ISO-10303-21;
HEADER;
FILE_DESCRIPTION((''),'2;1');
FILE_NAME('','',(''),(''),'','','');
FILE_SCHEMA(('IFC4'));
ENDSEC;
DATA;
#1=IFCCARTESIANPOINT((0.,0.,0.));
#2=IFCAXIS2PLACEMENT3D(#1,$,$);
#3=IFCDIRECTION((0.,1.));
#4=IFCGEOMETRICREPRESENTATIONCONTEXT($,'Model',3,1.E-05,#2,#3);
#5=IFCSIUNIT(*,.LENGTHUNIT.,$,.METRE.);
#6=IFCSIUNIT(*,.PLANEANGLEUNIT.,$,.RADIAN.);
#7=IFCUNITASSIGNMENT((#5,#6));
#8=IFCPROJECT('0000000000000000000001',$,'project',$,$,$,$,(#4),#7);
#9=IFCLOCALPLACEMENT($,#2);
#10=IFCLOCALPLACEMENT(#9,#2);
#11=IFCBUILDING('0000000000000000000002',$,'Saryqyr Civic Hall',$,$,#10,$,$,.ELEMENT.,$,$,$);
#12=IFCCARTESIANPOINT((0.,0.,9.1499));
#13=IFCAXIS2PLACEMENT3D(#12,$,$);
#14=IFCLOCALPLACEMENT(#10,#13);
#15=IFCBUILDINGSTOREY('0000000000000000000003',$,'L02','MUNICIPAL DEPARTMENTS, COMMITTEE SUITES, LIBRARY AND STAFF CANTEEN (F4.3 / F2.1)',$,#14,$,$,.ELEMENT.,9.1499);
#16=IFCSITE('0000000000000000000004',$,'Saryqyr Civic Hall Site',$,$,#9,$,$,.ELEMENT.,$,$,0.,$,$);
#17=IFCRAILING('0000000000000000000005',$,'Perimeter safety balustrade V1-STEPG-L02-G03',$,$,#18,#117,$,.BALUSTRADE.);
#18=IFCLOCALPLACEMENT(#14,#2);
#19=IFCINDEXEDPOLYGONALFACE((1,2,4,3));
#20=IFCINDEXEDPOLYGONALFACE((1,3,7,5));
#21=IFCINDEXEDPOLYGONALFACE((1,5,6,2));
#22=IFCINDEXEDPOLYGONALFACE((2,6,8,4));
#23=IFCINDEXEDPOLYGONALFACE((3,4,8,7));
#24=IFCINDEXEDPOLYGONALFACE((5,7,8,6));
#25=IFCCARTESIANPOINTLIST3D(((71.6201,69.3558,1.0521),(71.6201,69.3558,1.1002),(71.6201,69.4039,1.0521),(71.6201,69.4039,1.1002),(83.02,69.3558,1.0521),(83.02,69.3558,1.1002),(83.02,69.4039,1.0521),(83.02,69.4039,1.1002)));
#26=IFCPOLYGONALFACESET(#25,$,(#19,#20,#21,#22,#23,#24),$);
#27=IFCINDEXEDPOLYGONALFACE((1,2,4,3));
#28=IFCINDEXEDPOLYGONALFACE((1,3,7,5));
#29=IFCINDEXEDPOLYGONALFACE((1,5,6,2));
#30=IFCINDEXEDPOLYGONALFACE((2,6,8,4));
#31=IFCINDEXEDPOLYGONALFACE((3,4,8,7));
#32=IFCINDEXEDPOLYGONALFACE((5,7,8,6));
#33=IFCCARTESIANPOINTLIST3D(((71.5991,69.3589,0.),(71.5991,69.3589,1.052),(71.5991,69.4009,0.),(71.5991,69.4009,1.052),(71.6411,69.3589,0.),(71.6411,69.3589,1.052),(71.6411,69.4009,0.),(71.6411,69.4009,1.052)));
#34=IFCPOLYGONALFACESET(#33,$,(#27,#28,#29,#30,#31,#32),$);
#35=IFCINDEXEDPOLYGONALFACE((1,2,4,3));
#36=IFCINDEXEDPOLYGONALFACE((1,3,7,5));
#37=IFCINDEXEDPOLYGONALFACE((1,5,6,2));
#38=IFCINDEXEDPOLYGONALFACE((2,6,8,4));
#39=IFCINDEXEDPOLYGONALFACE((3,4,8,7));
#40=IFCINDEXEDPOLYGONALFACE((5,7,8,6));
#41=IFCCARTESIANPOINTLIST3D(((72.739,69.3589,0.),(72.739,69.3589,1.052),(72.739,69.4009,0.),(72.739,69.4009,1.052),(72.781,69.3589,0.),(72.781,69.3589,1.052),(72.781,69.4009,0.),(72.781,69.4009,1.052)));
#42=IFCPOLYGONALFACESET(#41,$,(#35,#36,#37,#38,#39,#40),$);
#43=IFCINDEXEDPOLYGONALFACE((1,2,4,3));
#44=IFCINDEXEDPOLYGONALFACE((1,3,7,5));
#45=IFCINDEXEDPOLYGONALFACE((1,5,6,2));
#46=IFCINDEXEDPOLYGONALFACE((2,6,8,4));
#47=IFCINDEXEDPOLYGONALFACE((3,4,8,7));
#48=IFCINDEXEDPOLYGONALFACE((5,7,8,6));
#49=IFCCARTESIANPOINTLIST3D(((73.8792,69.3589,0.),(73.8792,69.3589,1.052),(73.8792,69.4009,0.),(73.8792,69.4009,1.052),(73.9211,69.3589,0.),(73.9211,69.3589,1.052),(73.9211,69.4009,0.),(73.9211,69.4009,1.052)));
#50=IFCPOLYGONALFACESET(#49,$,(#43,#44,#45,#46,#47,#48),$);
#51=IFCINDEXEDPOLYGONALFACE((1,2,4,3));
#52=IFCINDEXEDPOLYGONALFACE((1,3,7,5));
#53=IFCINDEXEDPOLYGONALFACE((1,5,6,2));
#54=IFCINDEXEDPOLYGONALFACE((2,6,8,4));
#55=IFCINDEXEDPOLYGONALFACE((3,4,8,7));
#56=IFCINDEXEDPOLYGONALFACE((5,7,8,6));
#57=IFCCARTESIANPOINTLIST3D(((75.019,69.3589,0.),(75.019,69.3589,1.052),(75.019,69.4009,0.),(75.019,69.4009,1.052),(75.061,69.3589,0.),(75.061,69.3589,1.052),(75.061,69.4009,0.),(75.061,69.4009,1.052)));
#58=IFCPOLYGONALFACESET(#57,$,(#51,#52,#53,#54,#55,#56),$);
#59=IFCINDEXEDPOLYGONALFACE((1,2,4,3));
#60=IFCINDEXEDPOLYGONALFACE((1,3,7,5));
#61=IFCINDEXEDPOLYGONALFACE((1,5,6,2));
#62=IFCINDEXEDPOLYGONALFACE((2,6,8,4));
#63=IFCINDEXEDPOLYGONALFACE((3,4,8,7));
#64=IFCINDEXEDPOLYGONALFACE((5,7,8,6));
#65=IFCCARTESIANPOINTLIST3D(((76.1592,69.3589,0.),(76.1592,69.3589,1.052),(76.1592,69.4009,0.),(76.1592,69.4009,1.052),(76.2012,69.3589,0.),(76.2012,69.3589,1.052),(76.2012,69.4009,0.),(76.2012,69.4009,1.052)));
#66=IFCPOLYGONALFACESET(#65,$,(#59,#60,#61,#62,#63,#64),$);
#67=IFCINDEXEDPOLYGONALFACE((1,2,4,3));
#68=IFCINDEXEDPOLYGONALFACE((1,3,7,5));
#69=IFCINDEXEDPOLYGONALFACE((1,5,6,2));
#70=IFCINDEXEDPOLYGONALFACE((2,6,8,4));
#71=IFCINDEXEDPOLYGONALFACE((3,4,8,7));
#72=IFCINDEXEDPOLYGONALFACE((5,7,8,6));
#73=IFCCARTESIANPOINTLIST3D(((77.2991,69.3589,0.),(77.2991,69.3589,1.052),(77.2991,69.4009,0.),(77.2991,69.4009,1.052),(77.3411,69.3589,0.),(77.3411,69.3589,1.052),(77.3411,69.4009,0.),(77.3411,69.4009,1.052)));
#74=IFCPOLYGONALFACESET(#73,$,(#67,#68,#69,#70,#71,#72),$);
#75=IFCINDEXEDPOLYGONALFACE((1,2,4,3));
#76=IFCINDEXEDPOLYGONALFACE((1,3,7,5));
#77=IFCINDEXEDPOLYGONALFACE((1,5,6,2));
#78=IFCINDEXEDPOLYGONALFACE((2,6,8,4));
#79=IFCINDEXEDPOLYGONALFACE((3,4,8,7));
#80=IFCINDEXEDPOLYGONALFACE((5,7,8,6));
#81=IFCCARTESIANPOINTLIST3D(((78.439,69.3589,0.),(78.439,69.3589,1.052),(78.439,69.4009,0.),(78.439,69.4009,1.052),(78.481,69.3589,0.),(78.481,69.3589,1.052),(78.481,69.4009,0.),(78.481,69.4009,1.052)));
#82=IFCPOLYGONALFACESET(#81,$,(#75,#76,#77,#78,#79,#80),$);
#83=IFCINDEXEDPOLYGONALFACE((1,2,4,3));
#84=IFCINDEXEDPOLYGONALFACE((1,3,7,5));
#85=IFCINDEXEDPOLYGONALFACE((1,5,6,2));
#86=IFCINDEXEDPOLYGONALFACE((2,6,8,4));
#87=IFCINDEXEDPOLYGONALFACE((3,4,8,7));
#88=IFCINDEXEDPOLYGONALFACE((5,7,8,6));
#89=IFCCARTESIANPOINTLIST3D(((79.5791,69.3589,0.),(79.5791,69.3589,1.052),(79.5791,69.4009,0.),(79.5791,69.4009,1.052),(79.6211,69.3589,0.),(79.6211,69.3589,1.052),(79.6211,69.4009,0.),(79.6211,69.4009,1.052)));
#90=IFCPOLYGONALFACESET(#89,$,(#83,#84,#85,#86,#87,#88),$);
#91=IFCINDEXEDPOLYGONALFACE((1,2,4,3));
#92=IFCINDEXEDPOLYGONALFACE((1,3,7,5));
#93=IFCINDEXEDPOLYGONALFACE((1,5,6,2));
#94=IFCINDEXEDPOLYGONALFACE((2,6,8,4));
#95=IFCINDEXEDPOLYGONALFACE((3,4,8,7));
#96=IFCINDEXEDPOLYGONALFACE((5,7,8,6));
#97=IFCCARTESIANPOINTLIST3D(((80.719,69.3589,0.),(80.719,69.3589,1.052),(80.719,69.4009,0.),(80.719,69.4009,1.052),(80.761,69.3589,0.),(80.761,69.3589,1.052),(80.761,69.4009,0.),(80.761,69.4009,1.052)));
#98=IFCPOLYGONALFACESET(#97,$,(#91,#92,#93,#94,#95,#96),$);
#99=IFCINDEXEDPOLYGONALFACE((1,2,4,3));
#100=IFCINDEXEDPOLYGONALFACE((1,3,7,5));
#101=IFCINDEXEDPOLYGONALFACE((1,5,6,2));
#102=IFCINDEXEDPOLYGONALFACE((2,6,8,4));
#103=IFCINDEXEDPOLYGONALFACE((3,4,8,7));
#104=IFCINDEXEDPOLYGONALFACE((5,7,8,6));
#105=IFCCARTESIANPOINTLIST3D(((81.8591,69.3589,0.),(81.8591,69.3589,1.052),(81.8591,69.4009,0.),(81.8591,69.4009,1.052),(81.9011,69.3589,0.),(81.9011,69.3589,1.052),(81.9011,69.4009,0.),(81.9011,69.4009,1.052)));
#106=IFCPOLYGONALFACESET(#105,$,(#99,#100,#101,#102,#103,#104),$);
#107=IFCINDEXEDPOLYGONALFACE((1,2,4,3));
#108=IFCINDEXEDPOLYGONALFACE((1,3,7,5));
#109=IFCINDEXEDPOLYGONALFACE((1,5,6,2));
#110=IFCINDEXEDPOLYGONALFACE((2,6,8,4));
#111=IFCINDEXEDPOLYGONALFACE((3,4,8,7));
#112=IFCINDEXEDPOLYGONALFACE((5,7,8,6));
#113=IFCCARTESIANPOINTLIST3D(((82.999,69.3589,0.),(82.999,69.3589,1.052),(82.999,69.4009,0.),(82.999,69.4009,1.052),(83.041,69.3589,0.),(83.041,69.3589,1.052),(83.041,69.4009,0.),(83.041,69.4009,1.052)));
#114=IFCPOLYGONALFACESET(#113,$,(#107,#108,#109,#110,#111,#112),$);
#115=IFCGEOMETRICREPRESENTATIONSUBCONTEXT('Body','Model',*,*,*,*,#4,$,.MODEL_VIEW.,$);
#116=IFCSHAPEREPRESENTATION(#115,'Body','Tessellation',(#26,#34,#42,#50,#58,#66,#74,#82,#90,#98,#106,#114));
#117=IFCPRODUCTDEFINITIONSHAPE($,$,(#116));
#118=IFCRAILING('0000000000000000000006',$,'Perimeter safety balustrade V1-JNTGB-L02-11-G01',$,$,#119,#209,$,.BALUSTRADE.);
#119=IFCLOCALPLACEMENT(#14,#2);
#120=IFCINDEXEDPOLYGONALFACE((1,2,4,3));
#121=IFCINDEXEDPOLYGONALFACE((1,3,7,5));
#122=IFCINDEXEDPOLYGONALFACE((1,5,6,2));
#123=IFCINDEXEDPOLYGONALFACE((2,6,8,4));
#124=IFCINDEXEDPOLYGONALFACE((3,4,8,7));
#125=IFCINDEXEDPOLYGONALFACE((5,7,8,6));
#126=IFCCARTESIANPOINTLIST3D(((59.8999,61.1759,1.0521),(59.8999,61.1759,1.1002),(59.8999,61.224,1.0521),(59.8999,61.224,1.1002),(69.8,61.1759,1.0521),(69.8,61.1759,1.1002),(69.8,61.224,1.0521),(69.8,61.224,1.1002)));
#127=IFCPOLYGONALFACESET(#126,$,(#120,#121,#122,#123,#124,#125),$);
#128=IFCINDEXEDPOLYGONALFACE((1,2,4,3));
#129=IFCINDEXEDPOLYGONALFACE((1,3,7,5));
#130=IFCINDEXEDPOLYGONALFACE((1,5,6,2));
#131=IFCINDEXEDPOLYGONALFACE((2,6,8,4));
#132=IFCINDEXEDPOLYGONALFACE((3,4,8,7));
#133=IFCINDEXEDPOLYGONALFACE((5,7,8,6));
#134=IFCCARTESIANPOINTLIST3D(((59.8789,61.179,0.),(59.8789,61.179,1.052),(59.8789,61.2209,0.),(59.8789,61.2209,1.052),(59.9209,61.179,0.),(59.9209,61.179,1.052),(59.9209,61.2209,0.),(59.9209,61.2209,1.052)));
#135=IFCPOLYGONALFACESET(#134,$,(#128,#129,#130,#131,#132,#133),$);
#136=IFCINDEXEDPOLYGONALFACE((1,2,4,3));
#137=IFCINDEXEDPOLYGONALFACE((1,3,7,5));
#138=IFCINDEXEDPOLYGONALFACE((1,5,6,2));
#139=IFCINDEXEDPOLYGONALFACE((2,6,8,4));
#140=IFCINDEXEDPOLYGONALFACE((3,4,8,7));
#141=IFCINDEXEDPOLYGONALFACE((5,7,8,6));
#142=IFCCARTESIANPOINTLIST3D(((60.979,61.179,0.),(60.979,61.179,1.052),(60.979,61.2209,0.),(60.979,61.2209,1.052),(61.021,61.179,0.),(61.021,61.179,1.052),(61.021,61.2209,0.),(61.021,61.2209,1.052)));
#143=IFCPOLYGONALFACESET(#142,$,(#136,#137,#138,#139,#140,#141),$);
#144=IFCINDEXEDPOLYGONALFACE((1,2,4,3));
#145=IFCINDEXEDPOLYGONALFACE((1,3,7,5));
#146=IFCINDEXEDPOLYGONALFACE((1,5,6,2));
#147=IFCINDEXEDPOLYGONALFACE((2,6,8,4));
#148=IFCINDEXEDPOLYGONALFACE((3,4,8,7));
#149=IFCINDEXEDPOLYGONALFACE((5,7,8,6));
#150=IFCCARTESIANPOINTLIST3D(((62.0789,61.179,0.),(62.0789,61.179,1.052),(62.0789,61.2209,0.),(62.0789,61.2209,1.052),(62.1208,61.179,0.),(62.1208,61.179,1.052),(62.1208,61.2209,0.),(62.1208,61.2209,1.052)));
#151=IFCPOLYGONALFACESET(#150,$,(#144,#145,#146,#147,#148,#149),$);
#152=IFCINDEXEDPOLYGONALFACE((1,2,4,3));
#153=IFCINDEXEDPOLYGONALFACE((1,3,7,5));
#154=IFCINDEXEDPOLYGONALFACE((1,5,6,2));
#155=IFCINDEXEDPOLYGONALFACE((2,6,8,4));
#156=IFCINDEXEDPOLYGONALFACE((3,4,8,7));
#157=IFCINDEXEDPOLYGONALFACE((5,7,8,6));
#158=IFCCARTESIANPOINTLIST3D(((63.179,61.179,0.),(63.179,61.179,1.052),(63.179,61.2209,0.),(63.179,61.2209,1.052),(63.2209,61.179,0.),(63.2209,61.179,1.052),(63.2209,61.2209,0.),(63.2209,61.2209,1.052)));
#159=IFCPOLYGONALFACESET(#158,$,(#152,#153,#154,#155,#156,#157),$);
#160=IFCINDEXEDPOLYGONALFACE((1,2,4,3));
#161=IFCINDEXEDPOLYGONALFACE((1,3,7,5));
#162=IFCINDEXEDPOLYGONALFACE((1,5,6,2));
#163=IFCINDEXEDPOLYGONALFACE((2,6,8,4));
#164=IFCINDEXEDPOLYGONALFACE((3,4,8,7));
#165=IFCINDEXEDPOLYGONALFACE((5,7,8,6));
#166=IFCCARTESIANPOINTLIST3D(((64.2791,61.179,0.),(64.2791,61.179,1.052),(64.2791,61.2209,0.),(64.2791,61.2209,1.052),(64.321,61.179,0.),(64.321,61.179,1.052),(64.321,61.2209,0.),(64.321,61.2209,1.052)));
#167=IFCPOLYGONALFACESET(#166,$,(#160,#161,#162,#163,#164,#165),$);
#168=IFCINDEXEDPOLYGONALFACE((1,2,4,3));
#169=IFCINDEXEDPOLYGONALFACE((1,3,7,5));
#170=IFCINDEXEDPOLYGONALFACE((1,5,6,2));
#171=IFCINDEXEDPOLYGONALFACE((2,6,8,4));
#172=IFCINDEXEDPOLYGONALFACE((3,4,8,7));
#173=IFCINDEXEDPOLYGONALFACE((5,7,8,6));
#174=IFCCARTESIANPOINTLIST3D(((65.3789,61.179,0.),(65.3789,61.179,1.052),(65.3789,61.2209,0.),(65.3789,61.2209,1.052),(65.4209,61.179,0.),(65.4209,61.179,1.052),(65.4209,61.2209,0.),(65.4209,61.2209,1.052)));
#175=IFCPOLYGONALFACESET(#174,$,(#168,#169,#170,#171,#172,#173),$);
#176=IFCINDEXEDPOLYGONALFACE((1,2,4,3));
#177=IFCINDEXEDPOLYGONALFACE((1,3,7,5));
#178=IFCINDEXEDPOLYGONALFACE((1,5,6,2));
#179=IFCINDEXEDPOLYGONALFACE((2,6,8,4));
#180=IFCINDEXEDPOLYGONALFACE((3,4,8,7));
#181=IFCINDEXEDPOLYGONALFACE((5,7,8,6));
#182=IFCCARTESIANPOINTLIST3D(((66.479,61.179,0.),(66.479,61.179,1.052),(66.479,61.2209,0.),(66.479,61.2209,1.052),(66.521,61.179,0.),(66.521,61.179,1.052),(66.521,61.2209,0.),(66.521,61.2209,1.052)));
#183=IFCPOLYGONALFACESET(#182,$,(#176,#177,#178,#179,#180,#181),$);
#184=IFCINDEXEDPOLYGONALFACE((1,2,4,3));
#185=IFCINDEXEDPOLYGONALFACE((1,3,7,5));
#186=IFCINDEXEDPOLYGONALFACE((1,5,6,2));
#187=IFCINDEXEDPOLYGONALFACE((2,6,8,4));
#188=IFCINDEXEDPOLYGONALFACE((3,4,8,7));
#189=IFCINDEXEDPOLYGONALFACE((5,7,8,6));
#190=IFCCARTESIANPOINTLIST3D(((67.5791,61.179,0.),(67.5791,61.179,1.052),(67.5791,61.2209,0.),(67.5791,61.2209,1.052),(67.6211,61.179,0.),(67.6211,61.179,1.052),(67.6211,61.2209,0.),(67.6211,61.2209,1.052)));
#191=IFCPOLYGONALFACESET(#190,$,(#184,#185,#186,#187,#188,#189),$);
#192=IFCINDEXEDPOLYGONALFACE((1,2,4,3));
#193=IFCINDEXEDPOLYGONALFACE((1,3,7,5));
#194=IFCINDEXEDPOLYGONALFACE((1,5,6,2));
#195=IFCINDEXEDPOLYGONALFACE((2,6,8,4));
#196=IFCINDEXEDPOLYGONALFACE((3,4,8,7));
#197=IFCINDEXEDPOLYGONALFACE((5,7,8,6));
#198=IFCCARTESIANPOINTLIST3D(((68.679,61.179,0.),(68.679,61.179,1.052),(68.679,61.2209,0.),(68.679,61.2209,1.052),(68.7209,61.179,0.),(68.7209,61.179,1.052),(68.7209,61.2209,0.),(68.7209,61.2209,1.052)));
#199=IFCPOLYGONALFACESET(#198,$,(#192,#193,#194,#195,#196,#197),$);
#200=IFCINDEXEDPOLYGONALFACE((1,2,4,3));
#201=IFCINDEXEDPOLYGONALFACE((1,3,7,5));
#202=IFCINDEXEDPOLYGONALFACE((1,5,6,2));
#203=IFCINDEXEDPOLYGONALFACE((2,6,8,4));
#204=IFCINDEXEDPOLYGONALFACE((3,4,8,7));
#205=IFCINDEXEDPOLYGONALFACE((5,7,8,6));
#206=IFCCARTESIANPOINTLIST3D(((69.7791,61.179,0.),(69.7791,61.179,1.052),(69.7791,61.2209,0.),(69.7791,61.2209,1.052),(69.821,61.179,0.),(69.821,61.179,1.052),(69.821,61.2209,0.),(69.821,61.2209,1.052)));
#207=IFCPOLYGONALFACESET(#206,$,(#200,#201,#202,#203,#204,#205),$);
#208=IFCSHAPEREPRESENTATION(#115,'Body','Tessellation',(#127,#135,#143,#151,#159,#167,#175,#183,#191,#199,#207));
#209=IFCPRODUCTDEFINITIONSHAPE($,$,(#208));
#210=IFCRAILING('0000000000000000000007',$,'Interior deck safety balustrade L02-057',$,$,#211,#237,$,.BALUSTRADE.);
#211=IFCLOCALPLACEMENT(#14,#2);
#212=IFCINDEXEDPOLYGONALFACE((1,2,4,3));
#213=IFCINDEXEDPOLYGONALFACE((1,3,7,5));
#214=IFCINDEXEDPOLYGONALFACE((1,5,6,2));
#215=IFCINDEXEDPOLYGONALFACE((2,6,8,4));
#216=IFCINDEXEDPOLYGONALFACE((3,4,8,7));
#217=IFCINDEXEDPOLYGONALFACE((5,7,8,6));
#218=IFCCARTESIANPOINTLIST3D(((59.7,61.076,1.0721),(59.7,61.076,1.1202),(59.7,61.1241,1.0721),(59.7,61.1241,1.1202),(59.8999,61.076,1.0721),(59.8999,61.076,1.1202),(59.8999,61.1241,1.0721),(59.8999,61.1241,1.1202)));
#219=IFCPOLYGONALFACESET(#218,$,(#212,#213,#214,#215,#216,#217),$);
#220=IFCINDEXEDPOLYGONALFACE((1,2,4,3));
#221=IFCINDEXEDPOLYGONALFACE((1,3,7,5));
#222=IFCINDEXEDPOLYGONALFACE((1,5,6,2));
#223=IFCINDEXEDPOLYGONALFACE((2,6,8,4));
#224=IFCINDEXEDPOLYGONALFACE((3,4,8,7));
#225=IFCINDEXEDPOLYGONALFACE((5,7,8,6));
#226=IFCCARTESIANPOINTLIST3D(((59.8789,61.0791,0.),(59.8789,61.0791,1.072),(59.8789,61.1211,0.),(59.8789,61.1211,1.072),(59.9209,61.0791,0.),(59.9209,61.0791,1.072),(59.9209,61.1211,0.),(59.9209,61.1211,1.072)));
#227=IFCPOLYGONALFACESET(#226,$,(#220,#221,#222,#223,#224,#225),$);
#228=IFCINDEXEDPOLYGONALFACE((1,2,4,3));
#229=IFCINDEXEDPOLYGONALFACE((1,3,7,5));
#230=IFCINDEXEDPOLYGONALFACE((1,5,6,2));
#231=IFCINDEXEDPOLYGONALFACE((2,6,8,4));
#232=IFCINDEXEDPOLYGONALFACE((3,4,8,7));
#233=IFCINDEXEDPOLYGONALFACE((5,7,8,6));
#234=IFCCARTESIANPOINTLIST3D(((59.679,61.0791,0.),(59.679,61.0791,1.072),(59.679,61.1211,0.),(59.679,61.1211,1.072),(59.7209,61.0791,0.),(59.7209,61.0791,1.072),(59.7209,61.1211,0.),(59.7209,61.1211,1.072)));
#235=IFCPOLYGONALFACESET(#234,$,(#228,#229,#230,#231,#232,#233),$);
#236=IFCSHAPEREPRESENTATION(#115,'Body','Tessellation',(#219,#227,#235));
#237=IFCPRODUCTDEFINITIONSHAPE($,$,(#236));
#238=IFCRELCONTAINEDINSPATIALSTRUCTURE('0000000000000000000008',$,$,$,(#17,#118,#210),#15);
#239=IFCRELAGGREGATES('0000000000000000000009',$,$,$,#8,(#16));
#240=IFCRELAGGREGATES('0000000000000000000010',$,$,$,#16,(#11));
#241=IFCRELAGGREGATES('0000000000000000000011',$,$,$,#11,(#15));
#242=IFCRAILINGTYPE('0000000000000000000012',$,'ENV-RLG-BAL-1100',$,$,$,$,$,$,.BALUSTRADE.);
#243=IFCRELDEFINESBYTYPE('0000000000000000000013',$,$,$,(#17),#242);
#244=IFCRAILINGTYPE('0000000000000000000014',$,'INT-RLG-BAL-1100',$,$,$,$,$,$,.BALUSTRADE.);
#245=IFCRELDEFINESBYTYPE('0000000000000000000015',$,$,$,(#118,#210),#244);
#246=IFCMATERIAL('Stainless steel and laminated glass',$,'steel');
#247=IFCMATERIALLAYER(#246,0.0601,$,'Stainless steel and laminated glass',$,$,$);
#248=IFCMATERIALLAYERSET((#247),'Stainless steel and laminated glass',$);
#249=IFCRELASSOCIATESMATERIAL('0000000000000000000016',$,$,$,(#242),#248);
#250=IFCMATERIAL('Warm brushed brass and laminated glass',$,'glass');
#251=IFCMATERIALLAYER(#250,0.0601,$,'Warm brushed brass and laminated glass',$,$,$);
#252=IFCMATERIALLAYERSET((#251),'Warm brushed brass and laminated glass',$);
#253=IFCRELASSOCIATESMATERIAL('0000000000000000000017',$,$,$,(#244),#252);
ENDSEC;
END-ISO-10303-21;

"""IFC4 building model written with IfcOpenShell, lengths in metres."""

from ifc_helpers import new_model, si_unit, direction, frame, origin, origin_2d, place, context, subcontext, project, spatial, rectangle, extrude, material, layer, layer_set, type_object, element, save


model = new_model("IFC4")

# Units and contexts
model_context = context("Model", 3, precision=1e-05, world=origin(), true_north=direction((0.0, 1.0)))
body_context = subcontext(model_context, "Body", "Model", "MODEL_VIEW")
ifc_project = project(units=[si_unit("LENGTHUNIT", "METRE"), si_unit("PLANEANGLEUNIT", "RADIAN")], contexts=[model_context])

# Site, building, storey
site_placement = place(None, origin())
site = spatial("IfcSite", under=ifc_project, at=site_placement, Name="Saryqyr Civic Hall Site", CompositionType="ELEMENT", RefElevation=0.0)
building_placement = place(site_placement, origin())
building = spatial("IfcBuilding", under=site, at=building_placement, Name="Saryqyr Civic Hall", CompositionType="ELEMENT")
storey_placement = place(building_placement, frame((0.0, 0.0, 9.1499)))
storey = spatial("IfcBuildingStorey", under=building, at=storey_placement, Name="L02", Description="MUNICIPAL DEPARTMENTS, COMMITTEE SUITES, LIBRARY AND STAFF CANTEEN (F4.3 / F2.1)", CompositionType="ELEMENT", Elevation=9.1499)

# Railings
ifc_material_1 = material(Name="Stainless steel and laminated glass", Category="steel")
ifc_layer_1 = layer(ifc_material_1, 0.0601, Name="Stainless steel and laminated glass")
ifc_layer_set_1 = layer_set([ifc_layer_1], Name="Stainless steel and laminated glass")
railing_type_1 = type_object("IfcRailingType", Name="ENV-RLG-BAL-1100", PredefinedType="BALUSTRADE", material=ifc_layer_set_1)
railing_1_placement = place(storey_placement, frame((71.6201, 69.3799, 0.0)))
element("IfcRailing", 1, at=railing_1_placement, inside=storey, type_object=railing_type_1, Name="Perimeter safety balustrade V1-STEPG-L02-G03", PredefinedType="BALUSTRADE", context=body_context, shape_type="SweptSolid", body=[
    extrude(rectangle(XDim=0.0481, YDim=0.0481, at=origin_2d()), frame((0.0, 0.0, 1.0762), z_axis=(1.0, 0.0, 0.0), x_axis=(0.0, 1.0, 0.0)), (0.0, 0.0, 1.0), 11.3999),
    extrude(rectangle(XDim=0.042, YDim=0.042, at=origin_2d()), origin(), (0.0, 0.0, 1.0), 1.052),
    extrude(rectangle(XDim=0.042, YDim=0.042, at=origin_2d()), frame((1.1399, 0.0, 0.0)), (0.0, 0.0, 1.0), 1.052),
    extrude(rectangle(XDim=0.042, YDim=0.042, at=origin_2d()), frame((2.28, 0.0, 0.0)), (0.0, 0.0, 1.0), 1.052),
    extrude(rectangle(XDim=0.042, YDim=0.042, at=origin_2d()), frame((3.4199, 0.0, 0.0)), (0.0, 0.0, 1.0), 1.052),
    extrude(rectangle(XDim=0.042, YDim=0.042, at=origin_2d()), frame((4.5601, 0.0, 0.0)), (0.0, 0.0, 1.0), 1.052),
    extrude(rectangle(XDim=0.042, YDim=0.042, at=origin_2d()), frame((5.7, 0.0, 0.0)), (0.0, 0.0, 1.0), 1.052),
    extrude(rectangle(XDim=0.042, YDim=0.042, at=origin_2d()), frame((6.8398, 0.0, 0.0)), (0.0, 0.0, 1.0), 1.052),
    extrude(rectangle(XDim=0.042, YDim=0.042, at=origin_2d()), frame((7.98, 0.0, 0.0)), (0.0, 0.0, 1.0), 1.052),
    extrude(rectangle(XDim=0.042, YDim=0.042, at=origin_2d()), frame((9.1199, 0.0, 0.0)), (0.0, 0.0, 1.0), 1.052),
    extrude(rectangle(XDim=0.042, YDim=0.042, at=origin_2d()), frame((10.26, 0.0, 0.0)), (0.0, 0.0, 1.0), 1.052),
    extrude(rectangle(XDim=0.042, YDim=0.042, at=origin_2d()), frame((11.3999, 0.0, 0.0)), (0.0, 0.0, 1.0), 1.052),
])
ifc_material_2 = material(Name="Warm brushed brass and laminated glass", Category="glass")
ifc_layer_2 = layer(ifc_material_2, 0.0601, Name="Warm brushed brass and laminated glass")
ifc_layer_set_2 = layer_set([ifc_layer_2], Name="Warm brushed brass and laminated glass")
railing_type_2 = type_object("IfcRailingType", Name="INT-RLG-BAL-1100", PredefinedType="BALUSTRADE", material=ifc_layer_set_2)
railing_2_placement = place(storey_placement, frame((59.8999, 61.2, 0.0)))
element("IfcRailing", 2, at=railing_2_placement, inside=storey, type_object=railing_type_2, Name="Perimeter safety balustrade V1-JNTGB-L02-11-G01", PredefinedType="BALUSTRADE", context=body_context, shape_type="SweptSolid", body=[
    extrude(rectangle(XDim=0.0481, YDim=0.0481, at=origin_2d()), frame((0.0, 0.0, 1.0762), z_axis=(1.0, 0.0, 0.0), x_axis=(0.0, 1.0, 0.0)), (0.0, 0.0, 1.0), 9.9001),
    extrude(rectangle(XDim=0.042, YDim=0.042, at=origin_2d()), origin(), (0.0, 0.0, 1.0), 1.052),
    extrude(rectangle(XDim=0.042, YDim=0.042, at=origin_2d()), frame((1.1001, 0.0, 0.0)), (0.0, 0.0, 1.0), 1.052),
    extrude(rectangle(XDim=0.042, YDim=0.042, at=origin_2d()), frame((2.2, 0.0, 0.0)), (0.0, 0.0, 1.0), 1.052),
    extrude(rectangle(XDim=0.042, YDim=0.042, at=origin_2d()), frame((3.3, 0.0, 0.0)), (0.0, 0.0, 1.0), 1.052),
    extrude(rectangle(XDim=0.042, YDim=0.042, at=origin_2d()), frame((4.4001, 0.0, 0.0)), (0.0, 0.0, 1.0), 1.052),
    extrude(rectangle(XDim=0.042, YDim=0.042, at=origin_2d()), frame((5.5, 0.0, 0.0)), (0.0, 0.0, 1.0), 1.052),
    extrude(rectangle(XDim=0.042, YDim=0.042, at=origin_2d()), frame((6.6001, 0.0, 0.0)), (0.0, 0.0, 1.0), 1.052),
    extrude(rectangle(XDim=0.042, YDim=0.042, at=origin_2d()), frame((7.7002, 0.0, 0.0)), (0.0, 0.0, 1.0), 1.052),
    extrude(rectangle(XDim=0.042, YDim=0.042, at=origin_2d()), frame((8.8, 0.0, 0.0)), (0.0, 0.0, 1.0), 1.052),
    extrude(rectangle(XDim=0.042, YDim=0.042, at=origin_2d()), frame((9.9001, 0.0, 0.0)), (0.0, 0.0, 1.0), 1.052),
])
railing_3_placement = place(storey_placement, frame((59.8999, 61.1001, 0.0)))
element("IfcRailing", 3, at=railing_3_placement, inside=storey, type_object=railing_type_2, Name="Interior deck safety balustrade L02-057", PredefinedType="BALUSTRADE", context=body_context, shape_type="SweptSolid", body=[
    extrude(rectangle(XDim=0.0481, YDim=0.0481, at=origin_2d()), frame((0.0, 0.0, 1.0962), z_axis=(-1.0, 0.0, 0.0), x_axis=(0.0, -1.0, 0.0)), (0.0, 0.0, 1.0), 0.2),
    extrude(rectangle(XDim=0.042, YDim=0.042, at=origin_2d()), origin(), (0.0, 0.0, 1.0), 1.072),
    extrude(rectangle(XDim=0.042, YDim=0.042, at=origin_2d()), frame((-0.2, 0.0, 0.0)), (0.0, 0.0, 1.0), 1.072),
])

save(model, "model.ifc")
